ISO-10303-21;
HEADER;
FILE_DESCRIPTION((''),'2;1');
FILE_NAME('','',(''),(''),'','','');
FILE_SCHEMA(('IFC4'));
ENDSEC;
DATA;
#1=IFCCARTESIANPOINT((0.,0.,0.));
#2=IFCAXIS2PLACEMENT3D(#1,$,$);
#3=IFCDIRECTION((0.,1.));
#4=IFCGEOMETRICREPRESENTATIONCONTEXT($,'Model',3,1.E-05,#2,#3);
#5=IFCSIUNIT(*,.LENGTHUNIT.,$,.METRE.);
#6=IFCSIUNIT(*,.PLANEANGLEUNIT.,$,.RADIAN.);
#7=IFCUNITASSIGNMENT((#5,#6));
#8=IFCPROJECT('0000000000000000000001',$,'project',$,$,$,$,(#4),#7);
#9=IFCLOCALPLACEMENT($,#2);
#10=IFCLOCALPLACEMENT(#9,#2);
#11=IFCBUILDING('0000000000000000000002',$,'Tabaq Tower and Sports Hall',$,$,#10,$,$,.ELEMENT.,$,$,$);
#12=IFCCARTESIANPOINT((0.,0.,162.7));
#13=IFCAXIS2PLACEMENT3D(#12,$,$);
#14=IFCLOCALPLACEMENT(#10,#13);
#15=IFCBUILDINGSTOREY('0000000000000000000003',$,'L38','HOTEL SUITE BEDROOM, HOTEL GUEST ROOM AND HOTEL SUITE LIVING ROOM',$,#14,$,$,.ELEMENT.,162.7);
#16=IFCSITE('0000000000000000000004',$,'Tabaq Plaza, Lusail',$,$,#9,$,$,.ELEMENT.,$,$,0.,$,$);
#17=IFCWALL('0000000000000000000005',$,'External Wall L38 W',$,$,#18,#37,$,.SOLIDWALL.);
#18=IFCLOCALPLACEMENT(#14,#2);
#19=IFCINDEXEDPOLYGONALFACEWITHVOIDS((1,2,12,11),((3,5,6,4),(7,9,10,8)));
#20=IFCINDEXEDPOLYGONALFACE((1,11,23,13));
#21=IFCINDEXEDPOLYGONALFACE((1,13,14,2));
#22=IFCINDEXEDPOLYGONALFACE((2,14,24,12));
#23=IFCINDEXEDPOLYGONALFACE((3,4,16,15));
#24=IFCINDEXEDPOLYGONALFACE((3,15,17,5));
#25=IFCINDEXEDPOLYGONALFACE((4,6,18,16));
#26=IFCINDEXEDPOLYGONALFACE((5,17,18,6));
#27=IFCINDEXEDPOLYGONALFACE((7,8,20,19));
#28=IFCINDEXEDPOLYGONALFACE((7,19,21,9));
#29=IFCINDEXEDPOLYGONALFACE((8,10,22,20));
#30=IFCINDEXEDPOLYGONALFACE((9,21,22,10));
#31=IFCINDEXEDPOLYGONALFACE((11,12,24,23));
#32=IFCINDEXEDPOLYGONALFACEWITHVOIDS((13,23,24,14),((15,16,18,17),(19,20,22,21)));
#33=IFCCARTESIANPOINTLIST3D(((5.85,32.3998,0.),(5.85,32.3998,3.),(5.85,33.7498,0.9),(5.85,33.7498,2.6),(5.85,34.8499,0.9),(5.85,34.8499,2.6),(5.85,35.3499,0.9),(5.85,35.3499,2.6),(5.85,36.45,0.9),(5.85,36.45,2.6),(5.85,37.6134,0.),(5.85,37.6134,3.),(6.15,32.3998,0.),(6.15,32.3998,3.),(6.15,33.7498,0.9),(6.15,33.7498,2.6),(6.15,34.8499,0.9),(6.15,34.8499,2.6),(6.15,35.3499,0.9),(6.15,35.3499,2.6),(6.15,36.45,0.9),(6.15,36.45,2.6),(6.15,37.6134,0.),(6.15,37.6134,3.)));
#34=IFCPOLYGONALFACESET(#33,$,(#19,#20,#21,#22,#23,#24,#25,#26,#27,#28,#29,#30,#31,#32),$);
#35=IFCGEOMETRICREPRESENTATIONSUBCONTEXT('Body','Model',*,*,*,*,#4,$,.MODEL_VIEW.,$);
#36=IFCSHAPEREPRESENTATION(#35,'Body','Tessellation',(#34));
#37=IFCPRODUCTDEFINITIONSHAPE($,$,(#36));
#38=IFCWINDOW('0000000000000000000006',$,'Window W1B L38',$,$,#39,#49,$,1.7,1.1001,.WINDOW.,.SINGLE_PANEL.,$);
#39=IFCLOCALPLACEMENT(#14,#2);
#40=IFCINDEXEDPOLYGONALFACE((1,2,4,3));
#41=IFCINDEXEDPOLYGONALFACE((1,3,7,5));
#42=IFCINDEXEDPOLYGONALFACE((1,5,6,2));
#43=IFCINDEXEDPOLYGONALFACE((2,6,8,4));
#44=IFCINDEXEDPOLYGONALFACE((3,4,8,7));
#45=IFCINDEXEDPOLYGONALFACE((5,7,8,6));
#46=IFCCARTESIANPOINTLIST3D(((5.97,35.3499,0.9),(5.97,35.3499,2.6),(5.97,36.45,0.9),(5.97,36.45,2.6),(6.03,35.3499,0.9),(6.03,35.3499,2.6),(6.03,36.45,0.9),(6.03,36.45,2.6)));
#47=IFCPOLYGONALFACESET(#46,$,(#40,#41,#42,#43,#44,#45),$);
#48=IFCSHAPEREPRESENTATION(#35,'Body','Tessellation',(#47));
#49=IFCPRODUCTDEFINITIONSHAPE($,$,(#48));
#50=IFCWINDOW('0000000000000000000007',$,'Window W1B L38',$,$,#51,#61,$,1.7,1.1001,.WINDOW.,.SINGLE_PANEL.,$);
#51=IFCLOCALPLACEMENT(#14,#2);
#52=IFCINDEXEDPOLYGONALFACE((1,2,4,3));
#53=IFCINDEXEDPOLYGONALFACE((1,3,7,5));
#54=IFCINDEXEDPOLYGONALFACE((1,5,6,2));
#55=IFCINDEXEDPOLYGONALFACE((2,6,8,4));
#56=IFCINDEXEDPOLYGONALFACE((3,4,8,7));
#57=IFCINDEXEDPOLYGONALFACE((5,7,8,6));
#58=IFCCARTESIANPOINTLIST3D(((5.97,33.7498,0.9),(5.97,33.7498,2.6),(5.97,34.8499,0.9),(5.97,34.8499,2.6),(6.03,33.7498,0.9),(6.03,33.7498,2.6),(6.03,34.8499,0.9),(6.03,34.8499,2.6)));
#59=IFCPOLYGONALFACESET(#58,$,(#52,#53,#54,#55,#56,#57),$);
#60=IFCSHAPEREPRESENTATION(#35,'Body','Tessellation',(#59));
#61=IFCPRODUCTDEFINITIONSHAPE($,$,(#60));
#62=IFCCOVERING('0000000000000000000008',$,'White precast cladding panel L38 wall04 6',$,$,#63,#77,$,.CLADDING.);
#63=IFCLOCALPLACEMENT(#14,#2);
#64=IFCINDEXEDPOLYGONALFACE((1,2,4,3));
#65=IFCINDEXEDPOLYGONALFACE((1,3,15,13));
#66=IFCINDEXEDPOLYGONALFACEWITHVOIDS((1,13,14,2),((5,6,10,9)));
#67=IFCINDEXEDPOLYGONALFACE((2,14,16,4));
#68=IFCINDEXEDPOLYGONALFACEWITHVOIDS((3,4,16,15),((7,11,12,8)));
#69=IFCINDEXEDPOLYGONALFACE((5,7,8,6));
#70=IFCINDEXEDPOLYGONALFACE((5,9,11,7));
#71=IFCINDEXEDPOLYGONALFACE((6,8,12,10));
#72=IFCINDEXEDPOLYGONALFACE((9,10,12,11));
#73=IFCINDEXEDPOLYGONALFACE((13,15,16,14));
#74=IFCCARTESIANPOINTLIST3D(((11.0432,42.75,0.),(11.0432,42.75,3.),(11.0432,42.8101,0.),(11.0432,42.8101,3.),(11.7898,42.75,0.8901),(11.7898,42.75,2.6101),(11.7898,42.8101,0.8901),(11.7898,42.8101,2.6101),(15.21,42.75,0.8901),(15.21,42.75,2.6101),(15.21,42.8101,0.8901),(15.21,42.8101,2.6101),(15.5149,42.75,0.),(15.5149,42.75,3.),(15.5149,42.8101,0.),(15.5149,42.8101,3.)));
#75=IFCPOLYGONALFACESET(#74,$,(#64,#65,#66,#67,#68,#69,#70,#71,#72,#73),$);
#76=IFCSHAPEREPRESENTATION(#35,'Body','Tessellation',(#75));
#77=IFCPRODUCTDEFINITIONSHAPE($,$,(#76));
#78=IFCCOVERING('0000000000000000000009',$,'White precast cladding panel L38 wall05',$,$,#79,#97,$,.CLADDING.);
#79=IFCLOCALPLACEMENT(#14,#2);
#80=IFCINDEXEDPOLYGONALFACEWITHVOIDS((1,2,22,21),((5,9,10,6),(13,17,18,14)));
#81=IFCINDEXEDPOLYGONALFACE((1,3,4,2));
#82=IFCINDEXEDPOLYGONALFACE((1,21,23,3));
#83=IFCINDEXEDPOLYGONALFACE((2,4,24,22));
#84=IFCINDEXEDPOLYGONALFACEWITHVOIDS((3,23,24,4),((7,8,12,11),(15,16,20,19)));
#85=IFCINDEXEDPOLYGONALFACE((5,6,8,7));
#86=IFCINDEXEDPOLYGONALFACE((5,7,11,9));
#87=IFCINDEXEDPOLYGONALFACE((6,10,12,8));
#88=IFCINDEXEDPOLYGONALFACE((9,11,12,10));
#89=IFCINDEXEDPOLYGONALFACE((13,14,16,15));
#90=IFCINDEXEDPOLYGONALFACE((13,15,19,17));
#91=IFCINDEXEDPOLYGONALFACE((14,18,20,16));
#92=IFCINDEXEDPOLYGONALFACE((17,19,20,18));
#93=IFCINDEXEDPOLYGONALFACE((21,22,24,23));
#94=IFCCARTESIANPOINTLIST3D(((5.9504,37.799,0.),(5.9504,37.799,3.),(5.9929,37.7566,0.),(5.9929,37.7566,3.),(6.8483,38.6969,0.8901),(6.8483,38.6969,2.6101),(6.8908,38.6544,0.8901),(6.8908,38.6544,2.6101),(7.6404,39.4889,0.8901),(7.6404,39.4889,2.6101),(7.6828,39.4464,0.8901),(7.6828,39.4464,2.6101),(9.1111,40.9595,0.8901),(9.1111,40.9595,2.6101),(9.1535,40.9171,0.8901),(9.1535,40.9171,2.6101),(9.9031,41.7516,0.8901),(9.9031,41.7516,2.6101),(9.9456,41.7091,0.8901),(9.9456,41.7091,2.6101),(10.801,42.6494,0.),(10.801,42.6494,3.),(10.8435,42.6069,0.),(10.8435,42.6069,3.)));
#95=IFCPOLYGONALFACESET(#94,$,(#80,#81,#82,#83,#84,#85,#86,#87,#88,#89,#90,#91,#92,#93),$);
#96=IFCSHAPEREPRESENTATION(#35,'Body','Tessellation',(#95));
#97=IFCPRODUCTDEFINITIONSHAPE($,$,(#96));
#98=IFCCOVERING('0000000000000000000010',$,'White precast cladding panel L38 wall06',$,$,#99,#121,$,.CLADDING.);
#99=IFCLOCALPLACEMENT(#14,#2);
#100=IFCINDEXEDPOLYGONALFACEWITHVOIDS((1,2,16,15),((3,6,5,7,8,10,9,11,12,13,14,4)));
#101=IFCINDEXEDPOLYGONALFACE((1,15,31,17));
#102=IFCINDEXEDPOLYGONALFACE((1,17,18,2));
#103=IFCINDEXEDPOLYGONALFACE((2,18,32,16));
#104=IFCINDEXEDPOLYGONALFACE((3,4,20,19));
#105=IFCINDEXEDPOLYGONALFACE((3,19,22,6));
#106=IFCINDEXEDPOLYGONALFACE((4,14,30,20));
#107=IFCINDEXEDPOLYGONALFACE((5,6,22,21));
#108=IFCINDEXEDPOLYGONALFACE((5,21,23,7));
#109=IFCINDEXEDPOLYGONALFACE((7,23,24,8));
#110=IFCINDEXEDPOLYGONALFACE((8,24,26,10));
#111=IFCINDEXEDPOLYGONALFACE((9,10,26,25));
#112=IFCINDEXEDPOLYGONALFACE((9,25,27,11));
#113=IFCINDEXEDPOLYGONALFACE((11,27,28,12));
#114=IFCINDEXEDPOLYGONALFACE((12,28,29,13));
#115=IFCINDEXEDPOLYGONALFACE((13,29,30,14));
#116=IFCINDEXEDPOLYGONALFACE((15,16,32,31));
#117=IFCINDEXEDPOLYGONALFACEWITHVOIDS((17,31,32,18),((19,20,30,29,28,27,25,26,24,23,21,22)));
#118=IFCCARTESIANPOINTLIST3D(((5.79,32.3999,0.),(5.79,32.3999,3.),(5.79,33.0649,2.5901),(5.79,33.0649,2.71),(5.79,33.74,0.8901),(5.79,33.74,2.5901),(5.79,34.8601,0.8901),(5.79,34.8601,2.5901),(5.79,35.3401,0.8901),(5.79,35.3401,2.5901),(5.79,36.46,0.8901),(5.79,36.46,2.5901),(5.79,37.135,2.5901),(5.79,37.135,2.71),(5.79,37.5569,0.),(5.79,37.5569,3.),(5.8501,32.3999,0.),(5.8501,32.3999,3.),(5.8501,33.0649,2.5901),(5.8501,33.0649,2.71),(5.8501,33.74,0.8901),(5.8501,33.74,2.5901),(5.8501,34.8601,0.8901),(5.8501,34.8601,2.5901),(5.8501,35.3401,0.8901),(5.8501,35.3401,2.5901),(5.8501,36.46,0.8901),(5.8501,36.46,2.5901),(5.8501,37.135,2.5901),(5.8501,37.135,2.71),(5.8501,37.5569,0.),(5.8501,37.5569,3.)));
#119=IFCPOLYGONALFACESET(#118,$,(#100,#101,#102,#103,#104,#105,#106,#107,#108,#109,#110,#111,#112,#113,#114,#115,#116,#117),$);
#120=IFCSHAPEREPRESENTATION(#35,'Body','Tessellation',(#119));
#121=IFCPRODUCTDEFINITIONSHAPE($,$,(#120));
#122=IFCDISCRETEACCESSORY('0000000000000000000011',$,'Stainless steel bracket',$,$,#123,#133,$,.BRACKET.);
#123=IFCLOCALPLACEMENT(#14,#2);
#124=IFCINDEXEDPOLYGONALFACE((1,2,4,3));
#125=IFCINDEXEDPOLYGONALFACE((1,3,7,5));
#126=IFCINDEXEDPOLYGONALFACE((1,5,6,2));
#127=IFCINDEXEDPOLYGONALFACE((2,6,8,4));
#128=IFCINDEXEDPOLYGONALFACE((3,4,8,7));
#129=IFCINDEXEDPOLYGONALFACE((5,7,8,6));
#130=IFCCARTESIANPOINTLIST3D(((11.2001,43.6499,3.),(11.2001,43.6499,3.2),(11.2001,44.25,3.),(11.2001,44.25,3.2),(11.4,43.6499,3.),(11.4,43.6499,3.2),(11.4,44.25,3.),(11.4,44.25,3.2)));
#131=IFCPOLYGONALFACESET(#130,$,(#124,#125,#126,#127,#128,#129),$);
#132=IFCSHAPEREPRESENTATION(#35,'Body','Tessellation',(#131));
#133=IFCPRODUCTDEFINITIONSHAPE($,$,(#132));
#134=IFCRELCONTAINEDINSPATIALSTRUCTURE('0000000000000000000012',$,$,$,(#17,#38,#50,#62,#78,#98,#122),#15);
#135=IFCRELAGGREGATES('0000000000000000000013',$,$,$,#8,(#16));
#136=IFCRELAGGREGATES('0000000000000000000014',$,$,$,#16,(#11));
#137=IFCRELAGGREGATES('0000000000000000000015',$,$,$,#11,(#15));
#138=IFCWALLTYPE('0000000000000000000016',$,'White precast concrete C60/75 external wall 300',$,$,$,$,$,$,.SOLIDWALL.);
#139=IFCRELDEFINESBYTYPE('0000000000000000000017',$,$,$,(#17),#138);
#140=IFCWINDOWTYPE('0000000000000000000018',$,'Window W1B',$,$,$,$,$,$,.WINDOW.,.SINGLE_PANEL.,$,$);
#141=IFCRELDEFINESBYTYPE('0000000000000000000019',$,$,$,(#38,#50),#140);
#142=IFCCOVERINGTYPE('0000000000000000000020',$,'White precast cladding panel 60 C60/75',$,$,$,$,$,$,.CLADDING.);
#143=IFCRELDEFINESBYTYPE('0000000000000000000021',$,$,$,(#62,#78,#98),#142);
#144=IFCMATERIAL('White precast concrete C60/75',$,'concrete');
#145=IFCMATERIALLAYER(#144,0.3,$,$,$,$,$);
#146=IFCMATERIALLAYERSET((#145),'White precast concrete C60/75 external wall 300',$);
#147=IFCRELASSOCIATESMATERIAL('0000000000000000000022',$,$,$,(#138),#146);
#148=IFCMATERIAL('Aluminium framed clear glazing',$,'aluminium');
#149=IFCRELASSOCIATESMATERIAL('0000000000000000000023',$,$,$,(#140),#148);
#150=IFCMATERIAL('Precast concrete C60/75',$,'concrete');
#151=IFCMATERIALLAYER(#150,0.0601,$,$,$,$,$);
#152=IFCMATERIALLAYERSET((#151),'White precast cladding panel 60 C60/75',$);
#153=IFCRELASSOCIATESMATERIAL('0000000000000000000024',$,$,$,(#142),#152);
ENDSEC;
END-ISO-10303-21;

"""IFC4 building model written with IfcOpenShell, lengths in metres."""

from ifc_helpers import new_model, si_unit, direction, frame, frame_2d, origin, origin_2d, place, context, subcontext, project, spatial, polyline, rectangle, outline, extrude, material, layer, layer_set, type_object, element, fill, save


model = new_model("IFC4")

# Units and contexts
model_context = context("Model", 3, precision=1e-05, world=origin(), true_north=direction((0.0, 1.0)))
body_context = subcontext(model_context, "Body", "Model", "MODEL_VIEW")
ifc_project = project(units=[si_unit("LENGTHUNIT", "METRE"), si_unit("PLANEANGLEUNIT", "RADIAN")], contexts=[model_context])

# Site, building, storey
site_placement = place(None, origin())
site = spatial("IfcSite", under=ifc_project, at=site_placement, Name="Tabaq Plaza, Lusail", CompositionType="ELEMENT", RefElevation=0.0)
building_placement = place(site_placement, origin())
building = spatial("IfcBuilding", under=site, at=building_placement, Name="Tabaq Tower and Sports Hall", CompositionType="ELEMENT")
storey_placement = place(building_placement, frame((0.0, 0.0, 162.7)))
storey = spatial("IfcBuildingStorey", under=building, at=storey_placement, Name="L38", Description="HOTEL SUITE BEDROOM, HOTEL GUEST ROOM AND HOTEL SUITE LIVING ROOM", CompositionType="ELEMENT", Elevation=162.7)

# Wall, openings, windows
ifc_material_1 = material(Name="White precast concrete C60/75", Category="concrete")
ifc_layer_1 = layer(ifc_material_1, 0.3)
ifc_layer_set_1 = layer_set([ifc_layer_1], Name="White precast concrete C60/75 external wall 300")
wall_type_1 = type_object("IfcWallType", Name="White precast concrete C60/75 external wall 300", PredefinedType="SOLIDWALL", material=ifc_layer_set_1)
ifc_material_2 = material(Name="Aluminium framed clear glazing", Category="aluminium")
window_type = type_object("IfcWindowType", Name="Window W1B", PartitioningType="SINGLE_PANEL", PredefinedType="WINDOW", material=ifc_material_2)
wall_1_placement = place(storey_placement, frame((6.0, 37.6135, 0.0), z_axis=(0.0, 0.0, 1.0), x_axis=(0.0, -1.0, 0.0)))
wall_1 = element("IfcWall", 1, at=wall_1_placement, inside=storey, type_object=wall_type_1, Name="External Wall L38 W", PredefinedType="SOLIDWALL", context=body_context, shape_type="SweptSolid", body=[
    extrude(rectangle(XDim=5.2136, YDim=0.3, at=frame_2d((2.6069, 0.0))), origin(), (0.0, 0.0, 1.0), 3.0),
])
opening_1_placement = place(wall_1_placement, frame((1.1636, 0.0, 0.8999)))
opening_1 = element("IfcOpeningElement", 2, at=opening_1_placement, cuts=wall_1, PredefinedType="OPENING", context=body_context, shape_type="SweptSolid", body=[
    extrude(rectangle(XDim=1.1001, YDim=1.7, at=frame_2d((0.55, 0.8501))), frame((0.0, 0.1602, 0.0), z_axis=(0.0, -1.0, 0.0), x_axis=(1.0, 0.0, 0.0)), (0.0, 0.0, 1.0), 0.3201),
])
opening_2_placement = place(wall_1_placement, frame((2.7637, 0.0, 0.8999)))
opening_2 = element("IfcOpeningElement", 3, at=opening_2_placement, cuts=wall_1, PredefinedType="OPENING", context=body_context, shape_type="SweptSolid", body=[
    extrude(rectangle(XDim=1.1001, YDim=1.7, at=frame_2d((0.55, 0.8501))), frame((0.0, 0.1602, 0.0), z_axis=(0.0, -1.0, 0.0), x_axis=(1.0, 0.0, 0.0)), (0.0, 0.0, 1.0), 0.3201),
])
window_1_placement = place(opening_1_placement, origin())
window_1 = element("IfcWindow", 4, at=window_1_placement, inside=storey, type_object=window_type, Name="Window W1B L38", OverallHeight=1.7, OverallWidth=1.1001, PartitioningType="SINGLE_PANEL", PredefinedType="WINDOW", context=body_context, shape_type="SweptSolid", body=[
    extrude(rectangle(XDim=1.1001, YDim=1.7, at=frame_2d((0.55, 0.8501))), frame((0.0, 0.03, 0.0), z_axis=(0.0, -1.0, 0.0), x_axis=(1.0, 0.0, 0.0)), (0.0, 0.0, 1.0), 0.0601),
])
fill(opening_1, window_1)
window_2_placement = place(opening_2_placement, origin())
window_2 = element("IfcWindow", 5, at=window_2_placement, inside=storey, type_object=window_type, Name="Window W1B L38", OverallHeight=1.7, OverallWidth=1.1001, PartitioningType="SINGLE_PANEL", PredefinedType="WINDOW", context=body_context, shape_type="SweptSolid", body=[
    extrude(rectangle(XDim=1.1001, YDim=1.7, at=frame_2d((0.55, 0.8501))), frame((0.0, 0.03, 0.0), z_axis=(0.0, -1.0, 0.0), x_axis=(1.0, 0.0, 0.0)), (0.0, 0.0, 1.0), 0.0601),
])
fill(opening_2, window_2)

# Coverings
ifc_material_3 = material(Name="Precast concrete C60/75", Category="concrete")
ifc_layer_2 = layer(ifc_material_3, 0.0601)
ifc_layer_set_2 = layer_set([ifc_layer_2], Name="White precast cladding panel 60 C60/75")
covering_type = type_object("IfcCoveringType", Name="White precast cladding panel 60 C60/75", PredefinedType="CLADDING", material=ifc_layer_set_2)
covering_1_placement = place(storey_placement, frame((15.5149, 42.78, 0.0), z_axis=(0.0, 0.0, 1.0), x_axis=(-1.0, 0.0, 0.0)))
element("IfcCovering", 6, at=covering_1_placement, inside=storey, type_object=covering_type, Name="White precast cladding panel L38 wall04 6", PredefinedType="CLADDING", context=body_context, shape_type="SweptSolid", body=[
    extrude(outline(polyline([(0.0, 0.0), (4.4717, 0.0), (4.4717, 3.0), (0.0, 3.0), (0.0, 0.0)]), holes=[polyline([(0.3049, 0.8901), (0.3049, 2.6101), (3.7251, 2.6101), (3.7251, 0.8901), (0.3049, 0.8901)])]), frame((0.0, 0.03, 0.0), z_axis=(0.0, -1.0, 0.0), x_axis=(1.0, 0.0, 0.0)), (0.0, 0.0, 1.0), 0.0601),
])
covering_2_placement = place(storey_placement, frame((10.8223, 42.6282, 0.0), z_axis=(0.0, 0.0, 1.0), x_axis=(-0.707125, -0.707089, 0.0)))
element("IfcCovering", 7, at=covering_2_placement, inside=storey, type_object=covering_type, Name="White precast cladding panel L38 wall05", PredefinedType="CLADDING", context=body_context, shape_type="SweptSolid", body=[
    extrude(outline(polyline([(0.0, 0.0), (6.8596, 0.0), (6.8596, 3.0), (0.0, 3.0), (0.0, 0.0)]), holes=[polyline([(1.2698, 2.6101), (2.3899, 2.6101), (2.3899, 0.8901), (1.2698, 0.8901), (1.2698, 2.6101)]), polyline([(4.4697, 2.6101), (5.5898, 2.6101), (5.5898, 0.8901), (4.4697, 0.8901), (4.4697, 2.6101)])]), frame((0.0, 0.03, 0.0), z_axis=(0.0, -1.0, 0.0), x_axis=(1.0, 0.0, 0.0)), (0.0, 0.0, 1.0), 0.0601),
])
covering_3_placement = place(storey_placement, frame((5.8201, 37.5569, 0.0), z_axis=(0.0, 0.0, 1.0), x_axis=(0.0, -1.0, 0.0)))
element("IfcCovering", 8, at=covering_3_placement, inside=storey, type_object=covering_type, Name="White precast cladding panel L38 wall06", PredefinedType="CLADDING", context=body_context, shape_type="SweptSolid", body=[
    extrude(outline(polyline([(0.0, 0.0), (5.157, 0.0), (5.157, 3.0), (0.0, 3.0), (0.0, 0.0)]), holes=[polyline([(1.0969, 2.5901), (0.4219, 2.5901), (0.4219, 2.71), (4.4919, 2.71), (4.4919, 2.5901), (3.8169, 2.5901), (3.8169, 0.8901), (2.6968, 0.8901), (2.6968, 2.5901), (2.2168, 2.5901), (2.2168, 0.8901), (1.0969, 0.8901), (1.0969, 2.5901)])]), frame((0.0, 0.03, 0.0), z_axis=(0.0, -1.0, 0.0), x_axis=(1.0, 0.0, 0.0)), (0.0, 0.0, 1.0), 0.0601),
])

# Discrete accessory
discrete_accessory_placement = place(storey_placement, frame((11.3, 43.95, 3.0), z_axis=(0.0, 0.0, 1.0), x_axis=(0.0, 1.0, 0.0)))
element("IfcDiscreteAccessory", 9, at=discrete_accessory_placement, inside=storey, Name="Stainless steel bracket", PredefinedType="BRACKET", context=body_context, shape_type="SweptSolid", body=[
    extrude(rectangle(XDim=0.6001, YDim=0.2, at=origin_2d()), origin(), (0.0, 0.0, 1.0), 0.2),
])

save(model, "model.ifc")
